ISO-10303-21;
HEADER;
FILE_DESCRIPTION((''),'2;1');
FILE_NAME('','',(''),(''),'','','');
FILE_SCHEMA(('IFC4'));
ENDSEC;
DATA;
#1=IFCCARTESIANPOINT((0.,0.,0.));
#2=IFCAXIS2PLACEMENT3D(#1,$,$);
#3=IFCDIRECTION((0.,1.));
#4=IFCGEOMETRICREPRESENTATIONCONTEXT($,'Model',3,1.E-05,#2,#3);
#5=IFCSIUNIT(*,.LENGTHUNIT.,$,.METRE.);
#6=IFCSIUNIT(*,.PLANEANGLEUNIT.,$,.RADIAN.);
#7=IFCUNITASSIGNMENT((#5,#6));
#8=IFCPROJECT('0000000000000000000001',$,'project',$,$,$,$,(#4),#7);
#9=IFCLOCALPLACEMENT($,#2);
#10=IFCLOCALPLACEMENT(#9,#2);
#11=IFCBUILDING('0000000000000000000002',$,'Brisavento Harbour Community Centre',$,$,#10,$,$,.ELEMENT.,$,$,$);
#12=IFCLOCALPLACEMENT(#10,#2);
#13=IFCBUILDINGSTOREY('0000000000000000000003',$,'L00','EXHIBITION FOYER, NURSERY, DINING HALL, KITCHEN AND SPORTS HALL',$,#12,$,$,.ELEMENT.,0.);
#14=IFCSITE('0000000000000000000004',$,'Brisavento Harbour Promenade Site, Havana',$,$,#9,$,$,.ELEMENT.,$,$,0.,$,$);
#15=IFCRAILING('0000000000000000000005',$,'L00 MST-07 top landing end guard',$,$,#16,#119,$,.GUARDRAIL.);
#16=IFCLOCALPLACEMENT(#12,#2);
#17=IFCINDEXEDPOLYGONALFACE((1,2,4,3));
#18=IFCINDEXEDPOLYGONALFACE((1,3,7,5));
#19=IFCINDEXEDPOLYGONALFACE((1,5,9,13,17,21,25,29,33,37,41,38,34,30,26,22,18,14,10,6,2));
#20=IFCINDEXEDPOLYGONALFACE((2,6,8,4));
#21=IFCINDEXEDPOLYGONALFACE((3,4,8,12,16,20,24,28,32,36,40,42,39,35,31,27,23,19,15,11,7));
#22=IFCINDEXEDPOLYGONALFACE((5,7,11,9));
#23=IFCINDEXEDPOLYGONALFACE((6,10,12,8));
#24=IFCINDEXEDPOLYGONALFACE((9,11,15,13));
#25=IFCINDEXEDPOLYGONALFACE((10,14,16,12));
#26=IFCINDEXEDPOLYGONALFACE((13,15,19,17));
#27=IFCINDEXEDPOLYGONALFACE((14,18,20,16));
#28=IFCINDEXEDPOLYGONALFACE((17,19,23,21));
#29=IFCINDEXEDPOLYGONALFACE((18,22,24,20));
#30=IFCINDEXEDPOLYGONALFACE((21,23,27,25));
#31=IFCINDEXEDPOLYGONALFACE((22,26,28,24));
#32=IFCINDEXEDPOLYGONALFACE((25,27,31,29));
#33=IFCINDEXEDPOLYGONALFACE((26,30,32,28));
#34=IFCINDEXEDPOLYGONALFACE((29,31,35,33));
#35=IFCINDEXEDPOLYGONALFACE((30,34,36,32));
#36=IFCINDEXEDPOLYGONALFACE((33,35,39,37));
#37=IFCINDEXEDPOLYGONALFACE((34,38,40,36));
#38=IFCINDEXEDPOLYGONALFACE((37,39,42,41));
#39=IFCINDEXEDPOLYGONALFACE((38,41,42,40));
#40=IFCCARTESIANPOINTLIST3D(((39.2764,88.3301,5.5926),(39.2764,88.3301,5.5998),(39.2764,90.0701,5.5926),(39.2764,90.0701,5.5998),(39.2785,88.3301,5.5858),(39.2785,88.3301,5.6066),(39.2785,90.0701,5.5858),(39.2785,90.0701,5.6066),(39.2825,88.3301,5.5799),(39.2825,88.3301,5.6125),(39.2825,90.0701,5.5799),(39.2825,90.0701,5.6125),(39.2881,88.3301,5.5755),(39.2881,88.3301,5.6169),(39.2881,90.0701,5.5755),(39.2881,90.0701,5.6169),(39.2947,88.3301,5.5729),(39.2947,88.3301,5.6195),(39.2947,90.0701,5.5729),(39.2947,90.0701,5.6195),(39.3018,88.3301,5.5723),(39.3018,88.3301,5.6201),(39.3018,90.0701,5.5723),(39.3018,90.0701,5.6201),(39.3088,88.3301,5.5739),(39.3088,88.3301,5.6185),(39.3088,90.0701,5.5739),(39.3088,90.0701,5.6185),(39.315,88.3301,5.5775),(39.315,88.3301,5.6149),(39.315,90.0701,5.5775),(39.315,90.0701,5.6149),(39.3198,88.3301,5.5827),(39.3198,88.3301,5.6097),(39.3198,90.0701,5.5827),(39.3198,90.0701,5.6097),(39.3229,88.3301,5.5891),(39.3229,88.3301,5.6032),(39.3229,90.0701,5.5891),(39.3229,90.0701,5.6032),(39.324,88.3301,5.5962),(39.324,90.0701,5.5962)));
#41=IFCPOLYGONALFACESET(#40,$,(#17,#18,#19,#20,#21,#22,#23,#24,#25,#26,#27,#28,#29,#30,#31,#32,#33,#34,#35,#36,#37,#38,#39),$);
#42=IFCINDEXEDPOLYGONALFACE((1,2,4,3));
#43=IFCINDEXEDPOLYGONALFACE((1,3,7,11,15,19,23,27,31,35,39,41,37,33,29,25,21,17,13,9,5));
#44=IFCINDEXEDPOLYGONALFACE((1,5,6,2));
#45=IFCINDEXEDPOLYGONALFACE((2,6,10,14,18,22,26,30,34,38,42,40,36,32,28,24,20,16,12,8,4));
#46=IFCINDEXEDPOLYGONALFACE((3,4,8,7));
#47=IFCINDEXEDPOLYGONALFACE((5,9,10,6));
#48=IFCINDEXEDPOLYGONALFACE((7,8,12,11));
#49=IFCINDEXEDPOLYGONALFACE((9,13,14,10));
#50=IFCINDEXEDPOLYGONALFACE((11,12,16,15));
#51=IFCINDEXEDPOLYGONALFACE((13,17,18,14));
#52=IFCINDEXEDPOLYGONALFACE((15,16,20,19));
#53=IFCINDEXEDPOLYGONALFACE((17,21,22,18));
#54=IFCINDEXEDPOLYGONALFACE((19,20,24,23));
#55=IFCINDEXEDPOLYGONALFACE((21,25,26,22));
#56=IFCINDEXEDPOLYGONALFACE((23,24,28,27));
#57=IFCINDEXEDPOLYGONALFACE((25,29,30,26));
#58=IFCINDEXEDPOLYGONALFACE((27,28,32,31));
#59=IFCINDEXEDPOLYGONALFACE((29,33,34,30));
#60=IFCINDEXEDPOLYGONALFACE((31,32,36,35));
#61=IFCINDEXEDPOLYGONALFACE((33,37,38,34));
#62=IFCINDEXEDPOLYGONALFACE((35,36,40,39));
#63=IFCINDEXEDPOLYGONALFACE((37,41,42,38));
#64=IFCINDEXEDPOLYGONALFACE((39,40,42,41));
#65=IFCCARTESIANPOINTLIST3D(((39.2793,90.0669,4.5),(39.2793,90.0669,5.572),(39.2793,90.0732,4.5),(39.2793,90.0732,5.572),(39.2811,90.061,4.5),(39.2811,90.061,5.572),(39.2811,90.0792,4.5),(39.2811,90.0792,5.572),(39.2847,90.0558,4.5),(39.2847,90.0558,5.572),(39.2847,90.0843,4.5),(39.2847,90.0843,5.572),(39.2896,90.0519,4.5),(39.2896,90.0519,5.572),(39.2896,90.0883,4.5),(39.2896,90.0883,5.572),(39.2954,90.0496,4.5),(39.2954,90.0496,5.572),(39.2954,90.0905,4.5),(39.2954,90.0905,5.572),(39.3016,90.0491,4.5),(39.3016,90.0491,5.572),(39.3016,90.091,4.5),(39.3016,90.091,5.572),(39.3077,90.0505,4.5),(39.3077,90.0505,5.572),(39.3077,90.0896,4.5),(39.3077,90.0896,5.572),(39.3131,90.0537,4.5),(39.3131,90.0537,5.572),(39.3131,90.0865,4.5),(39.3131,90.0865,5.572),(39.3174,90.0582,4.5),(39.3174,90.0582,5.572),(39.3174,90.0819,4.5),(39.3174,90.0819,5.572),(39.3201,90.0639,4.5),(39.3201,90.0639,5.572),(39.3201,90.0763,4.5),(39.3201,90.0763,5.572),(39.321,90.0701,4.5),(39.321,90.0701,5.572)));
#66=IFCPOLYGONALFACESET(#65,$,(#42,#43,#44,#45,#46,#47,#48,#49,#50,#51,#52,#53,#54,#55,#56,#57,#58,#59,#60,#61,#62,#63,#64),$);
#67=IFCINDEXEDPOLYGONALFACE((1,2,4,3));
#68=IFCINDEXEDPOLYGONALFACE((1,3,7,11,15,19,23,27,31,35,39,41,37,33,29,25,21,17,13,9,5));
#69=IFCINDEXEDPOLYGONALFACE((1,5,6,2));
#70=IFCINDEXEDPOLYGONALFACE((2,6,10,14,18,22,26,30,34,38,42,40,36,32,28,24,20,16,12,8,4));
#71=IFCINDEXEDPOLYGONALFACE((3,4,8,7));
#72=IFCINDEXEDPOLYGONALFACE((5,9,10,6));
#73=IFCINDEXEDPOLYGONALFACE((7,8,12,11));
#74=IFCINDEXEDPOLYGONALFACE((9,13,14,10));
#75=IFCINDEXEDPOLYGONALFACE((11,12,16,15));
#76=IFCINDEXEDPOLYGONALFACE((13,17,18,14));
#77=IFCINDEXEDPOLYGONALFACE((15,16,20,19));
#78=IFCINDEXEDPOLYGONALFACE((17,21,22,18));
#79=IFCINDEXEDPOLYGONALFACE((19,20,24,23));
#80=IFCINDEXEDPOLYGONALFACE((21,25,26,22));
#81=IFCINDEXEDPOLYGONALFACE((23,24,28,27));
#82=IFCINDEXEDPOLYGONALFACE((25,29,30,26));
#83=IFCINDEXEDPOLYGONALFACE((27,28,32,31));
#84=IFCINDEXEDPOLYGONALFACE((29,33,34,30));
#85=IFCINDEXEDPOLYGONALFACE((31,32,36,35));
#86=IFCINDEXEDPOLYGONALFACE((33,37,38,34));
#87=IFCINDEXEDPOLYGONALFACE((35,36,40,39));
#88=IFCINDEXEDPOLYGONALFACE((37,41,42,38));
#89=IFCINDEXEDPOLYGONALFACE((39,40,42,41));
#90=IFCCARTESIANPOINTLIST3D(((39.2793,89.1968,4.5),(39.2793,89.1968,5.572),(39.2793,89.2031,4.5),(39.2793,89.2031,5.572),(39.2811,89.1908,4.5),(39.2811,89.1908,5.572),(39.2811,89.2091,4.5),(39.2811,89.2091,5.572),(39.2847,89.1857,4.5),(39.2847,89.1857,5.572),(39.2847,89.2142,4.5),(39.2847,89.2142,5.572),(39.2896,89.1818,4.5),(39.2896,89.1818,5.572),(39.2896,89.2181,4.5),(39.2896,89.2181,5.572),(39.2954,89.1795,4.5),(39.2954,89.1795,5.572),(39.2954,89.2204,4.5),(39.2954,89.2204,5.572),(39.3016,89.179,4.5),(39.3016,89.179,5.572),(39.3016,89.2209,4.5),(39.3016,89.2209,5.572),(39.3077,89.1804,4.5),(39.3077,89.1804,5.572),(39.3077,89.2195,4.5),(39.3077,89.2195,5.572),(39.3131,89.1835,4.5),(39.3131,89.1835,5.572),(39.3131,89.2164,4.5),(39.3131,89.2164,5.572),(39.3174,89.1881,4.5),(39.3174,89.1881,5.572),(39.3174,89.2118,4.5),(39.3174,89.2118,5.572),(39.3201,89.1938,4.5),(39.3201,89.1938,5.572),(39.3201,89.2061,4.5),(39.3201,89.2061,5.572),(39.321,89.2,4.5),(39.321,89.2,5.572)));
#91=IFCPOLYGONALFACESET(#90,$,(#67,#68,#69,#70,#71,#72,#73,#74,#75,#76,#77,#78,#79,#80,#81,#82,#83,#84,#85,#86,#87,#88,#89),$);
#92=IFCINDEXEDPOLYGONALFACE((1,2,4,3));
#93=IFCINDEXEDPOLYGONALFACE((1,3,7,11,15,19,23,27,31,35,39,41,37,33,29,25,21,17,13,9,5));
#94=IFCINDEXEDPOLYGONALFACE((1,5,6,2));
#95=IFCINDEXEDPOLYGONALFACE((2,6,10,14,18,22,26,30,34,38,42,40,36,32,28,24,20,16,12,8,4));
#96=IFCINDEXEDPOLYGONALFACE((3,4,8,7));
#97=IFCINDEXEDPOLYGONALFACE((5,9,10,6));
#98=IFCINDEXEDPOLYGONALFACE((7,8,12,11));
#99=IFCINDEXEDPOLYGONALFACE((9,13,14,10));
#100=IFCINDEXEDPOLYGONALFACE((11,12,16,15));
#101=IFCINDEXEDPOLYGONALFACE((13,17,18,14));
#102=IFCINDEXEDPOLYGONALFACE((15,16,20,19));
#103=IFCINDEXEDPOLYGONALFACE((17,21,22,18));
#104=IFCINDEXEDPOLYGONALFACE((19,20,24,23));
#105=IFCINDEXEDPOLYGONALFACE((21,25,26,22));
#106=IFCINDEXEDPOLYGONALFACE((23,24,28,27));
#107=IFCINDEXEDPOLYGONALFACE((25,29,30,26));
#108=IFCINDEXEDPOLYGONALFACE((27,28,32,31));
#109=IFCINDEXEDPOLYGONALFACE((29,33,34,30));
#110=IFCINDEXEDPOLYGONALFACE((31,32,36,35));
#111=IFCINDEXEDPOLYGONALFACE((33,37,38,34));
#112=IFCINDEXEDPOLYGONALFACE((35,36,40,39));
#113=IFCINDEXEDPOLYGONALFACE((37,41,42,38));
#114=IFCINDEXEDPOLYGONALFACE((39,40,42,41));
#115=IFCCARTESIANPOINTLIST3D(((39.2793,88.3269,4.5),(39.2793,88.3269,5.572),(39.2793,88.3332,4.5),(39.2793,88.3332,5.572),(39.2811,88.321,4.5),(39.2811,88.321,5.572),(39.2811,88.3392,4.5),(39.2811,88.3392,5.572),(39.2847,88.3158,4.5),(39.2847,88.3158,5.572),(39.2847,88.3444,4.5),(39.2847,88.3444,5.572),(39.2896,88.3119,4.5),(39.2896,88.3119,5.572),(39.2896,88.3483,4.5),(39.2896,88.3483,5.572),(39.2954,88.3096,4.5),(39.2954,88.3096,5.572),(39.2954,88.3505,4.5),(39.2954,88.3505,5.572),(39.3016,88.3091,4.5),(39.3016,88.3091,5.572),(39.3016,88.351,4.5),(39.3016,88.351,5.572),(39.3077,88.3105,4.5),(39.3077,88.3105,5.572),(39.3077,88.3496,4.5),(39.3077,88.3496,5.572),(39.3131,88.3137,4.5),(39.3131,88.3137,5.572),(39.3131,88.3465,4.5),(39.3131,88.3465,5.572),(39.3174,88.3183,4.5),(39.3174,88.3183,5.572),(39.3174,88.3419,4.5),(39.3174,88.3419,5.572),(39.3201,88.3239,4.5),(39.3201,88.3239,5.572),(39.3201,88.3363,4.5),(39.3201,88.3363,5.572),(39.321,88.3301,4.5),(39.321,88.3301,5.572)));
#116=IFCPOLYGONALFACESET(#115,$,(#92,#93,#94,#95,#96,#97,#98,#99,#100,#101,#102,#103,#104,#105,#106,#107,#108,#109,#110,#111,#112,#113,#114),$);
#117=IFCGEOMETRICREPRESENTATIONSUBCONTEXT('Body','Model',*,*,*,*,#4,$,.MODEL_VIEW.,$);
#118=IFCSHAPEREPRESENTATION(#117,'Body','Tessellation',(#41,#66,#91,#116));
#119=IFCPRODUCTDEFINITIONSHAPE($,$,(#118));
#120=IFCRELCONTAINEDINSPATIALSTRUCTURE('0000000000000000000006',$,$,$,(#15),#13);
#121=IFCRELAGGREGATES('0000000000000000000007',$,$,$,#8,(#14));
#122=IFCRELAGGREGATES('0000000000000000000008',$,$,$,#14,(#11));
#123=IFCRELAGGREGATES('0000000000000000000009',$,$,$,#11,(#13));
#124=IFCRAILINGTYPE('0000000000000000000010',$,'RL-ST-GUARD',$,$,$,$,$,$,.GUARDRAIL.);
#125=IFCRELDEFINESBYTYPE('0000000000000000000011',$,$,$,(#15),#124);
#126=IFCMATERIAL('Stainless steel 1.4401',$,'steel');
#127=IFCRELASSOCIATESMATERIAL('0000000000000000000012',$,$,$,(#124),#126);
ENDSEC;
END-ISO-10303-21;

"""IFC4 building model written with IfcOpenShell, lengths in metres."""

from ifc_helpers import new_model, si_unit, direction, frame, origin, origin_2d, place, context, subcontext, project, spatial, circle, extrude, material, type_object, element, save


model = new_model("IFC4")

# Units and contexts
model_context = context("Model", 3, precision=1e-05, world=origin(), true_north=direction((0.0, 1.0)))
body_context = subcontext(model_context, "Body", "Model", "MODEL_VIEW")
ifc_project = project(units=[si_unit("LENGTHUNIT", "METRE"), si_unit("PLANEANGLEUNIT", "RADIAN")], contexts=[model_context])

# Site, building, storey
site_placement = place(None, origin())
site = spatial("IfcSite", under=ifc_project, at=site_placement, Name="Brisavento Harbour Promenade Site, Havana", CompositionType="ELEMENT", RefElevation=0.0)
building_placement = place(site_placement, origin())
building = spatial("IfcBuilding", under=site, at=building_placement, Name="Brisavento Harbour Community Centre", CompositionType="ELEMENT")
storey_placement = place(building_placement, origin())
storey = spatial("IfcBuildingStorey", under=building, at=storey_placement, Name="L00", Description="EXHIBITION FOYER, NURSERY, DINING HALL, KITCHEN AND SPORTS HALL", CompositionType="ELEMENT", Elevation=0.0)

# Railing
ifc_material_1 = material(Name="Stainless steel 1.4401", Category="steel")
railing_type = type_object("IfcRailingType", Name="RL-ST-GUARD", PredefinedType="GUARDRAIL", material=ifc_material_1)
railing_1_placement = place(storey_placement, frame((39.3, 90.0701, 4.5)))
element("IfcRailing", 1, at=railing_1_placement, inside=storey, type_object=railing_type, Name="L00 MST-07 top landing end guard", PredefinedType="GUARDRAIL", context=body_context, shape_type="SweptSolid", body=[
    extrude(circle(Radius=0.0239, at=origin_2d()), frame((0.0, 0.0, 1.0962), z_axis=(0.0, -1.0, 0.0), x_axis=(1.0, 0.0, 0.0)), (0.0, 0.0, 1.0), 1.74),
    extrude(circle(Radius=0.021, at=origin_2d()), origin(), (0.0, 0.0, 1.0), 1.072),
    extrude(circle(Radius=0.021, at=origin_2d()), frame((0.0, -0.8701, 0.0)), (0.0, 0.0, 1.0), 1.072),
    extrude(circle(Radius=0.021, at=origin_2d()), frame((0.0, -1.74, 0.0)), (0.0, 0.0, 1.0), 1.072),
])

save(model, "model.ifc")
